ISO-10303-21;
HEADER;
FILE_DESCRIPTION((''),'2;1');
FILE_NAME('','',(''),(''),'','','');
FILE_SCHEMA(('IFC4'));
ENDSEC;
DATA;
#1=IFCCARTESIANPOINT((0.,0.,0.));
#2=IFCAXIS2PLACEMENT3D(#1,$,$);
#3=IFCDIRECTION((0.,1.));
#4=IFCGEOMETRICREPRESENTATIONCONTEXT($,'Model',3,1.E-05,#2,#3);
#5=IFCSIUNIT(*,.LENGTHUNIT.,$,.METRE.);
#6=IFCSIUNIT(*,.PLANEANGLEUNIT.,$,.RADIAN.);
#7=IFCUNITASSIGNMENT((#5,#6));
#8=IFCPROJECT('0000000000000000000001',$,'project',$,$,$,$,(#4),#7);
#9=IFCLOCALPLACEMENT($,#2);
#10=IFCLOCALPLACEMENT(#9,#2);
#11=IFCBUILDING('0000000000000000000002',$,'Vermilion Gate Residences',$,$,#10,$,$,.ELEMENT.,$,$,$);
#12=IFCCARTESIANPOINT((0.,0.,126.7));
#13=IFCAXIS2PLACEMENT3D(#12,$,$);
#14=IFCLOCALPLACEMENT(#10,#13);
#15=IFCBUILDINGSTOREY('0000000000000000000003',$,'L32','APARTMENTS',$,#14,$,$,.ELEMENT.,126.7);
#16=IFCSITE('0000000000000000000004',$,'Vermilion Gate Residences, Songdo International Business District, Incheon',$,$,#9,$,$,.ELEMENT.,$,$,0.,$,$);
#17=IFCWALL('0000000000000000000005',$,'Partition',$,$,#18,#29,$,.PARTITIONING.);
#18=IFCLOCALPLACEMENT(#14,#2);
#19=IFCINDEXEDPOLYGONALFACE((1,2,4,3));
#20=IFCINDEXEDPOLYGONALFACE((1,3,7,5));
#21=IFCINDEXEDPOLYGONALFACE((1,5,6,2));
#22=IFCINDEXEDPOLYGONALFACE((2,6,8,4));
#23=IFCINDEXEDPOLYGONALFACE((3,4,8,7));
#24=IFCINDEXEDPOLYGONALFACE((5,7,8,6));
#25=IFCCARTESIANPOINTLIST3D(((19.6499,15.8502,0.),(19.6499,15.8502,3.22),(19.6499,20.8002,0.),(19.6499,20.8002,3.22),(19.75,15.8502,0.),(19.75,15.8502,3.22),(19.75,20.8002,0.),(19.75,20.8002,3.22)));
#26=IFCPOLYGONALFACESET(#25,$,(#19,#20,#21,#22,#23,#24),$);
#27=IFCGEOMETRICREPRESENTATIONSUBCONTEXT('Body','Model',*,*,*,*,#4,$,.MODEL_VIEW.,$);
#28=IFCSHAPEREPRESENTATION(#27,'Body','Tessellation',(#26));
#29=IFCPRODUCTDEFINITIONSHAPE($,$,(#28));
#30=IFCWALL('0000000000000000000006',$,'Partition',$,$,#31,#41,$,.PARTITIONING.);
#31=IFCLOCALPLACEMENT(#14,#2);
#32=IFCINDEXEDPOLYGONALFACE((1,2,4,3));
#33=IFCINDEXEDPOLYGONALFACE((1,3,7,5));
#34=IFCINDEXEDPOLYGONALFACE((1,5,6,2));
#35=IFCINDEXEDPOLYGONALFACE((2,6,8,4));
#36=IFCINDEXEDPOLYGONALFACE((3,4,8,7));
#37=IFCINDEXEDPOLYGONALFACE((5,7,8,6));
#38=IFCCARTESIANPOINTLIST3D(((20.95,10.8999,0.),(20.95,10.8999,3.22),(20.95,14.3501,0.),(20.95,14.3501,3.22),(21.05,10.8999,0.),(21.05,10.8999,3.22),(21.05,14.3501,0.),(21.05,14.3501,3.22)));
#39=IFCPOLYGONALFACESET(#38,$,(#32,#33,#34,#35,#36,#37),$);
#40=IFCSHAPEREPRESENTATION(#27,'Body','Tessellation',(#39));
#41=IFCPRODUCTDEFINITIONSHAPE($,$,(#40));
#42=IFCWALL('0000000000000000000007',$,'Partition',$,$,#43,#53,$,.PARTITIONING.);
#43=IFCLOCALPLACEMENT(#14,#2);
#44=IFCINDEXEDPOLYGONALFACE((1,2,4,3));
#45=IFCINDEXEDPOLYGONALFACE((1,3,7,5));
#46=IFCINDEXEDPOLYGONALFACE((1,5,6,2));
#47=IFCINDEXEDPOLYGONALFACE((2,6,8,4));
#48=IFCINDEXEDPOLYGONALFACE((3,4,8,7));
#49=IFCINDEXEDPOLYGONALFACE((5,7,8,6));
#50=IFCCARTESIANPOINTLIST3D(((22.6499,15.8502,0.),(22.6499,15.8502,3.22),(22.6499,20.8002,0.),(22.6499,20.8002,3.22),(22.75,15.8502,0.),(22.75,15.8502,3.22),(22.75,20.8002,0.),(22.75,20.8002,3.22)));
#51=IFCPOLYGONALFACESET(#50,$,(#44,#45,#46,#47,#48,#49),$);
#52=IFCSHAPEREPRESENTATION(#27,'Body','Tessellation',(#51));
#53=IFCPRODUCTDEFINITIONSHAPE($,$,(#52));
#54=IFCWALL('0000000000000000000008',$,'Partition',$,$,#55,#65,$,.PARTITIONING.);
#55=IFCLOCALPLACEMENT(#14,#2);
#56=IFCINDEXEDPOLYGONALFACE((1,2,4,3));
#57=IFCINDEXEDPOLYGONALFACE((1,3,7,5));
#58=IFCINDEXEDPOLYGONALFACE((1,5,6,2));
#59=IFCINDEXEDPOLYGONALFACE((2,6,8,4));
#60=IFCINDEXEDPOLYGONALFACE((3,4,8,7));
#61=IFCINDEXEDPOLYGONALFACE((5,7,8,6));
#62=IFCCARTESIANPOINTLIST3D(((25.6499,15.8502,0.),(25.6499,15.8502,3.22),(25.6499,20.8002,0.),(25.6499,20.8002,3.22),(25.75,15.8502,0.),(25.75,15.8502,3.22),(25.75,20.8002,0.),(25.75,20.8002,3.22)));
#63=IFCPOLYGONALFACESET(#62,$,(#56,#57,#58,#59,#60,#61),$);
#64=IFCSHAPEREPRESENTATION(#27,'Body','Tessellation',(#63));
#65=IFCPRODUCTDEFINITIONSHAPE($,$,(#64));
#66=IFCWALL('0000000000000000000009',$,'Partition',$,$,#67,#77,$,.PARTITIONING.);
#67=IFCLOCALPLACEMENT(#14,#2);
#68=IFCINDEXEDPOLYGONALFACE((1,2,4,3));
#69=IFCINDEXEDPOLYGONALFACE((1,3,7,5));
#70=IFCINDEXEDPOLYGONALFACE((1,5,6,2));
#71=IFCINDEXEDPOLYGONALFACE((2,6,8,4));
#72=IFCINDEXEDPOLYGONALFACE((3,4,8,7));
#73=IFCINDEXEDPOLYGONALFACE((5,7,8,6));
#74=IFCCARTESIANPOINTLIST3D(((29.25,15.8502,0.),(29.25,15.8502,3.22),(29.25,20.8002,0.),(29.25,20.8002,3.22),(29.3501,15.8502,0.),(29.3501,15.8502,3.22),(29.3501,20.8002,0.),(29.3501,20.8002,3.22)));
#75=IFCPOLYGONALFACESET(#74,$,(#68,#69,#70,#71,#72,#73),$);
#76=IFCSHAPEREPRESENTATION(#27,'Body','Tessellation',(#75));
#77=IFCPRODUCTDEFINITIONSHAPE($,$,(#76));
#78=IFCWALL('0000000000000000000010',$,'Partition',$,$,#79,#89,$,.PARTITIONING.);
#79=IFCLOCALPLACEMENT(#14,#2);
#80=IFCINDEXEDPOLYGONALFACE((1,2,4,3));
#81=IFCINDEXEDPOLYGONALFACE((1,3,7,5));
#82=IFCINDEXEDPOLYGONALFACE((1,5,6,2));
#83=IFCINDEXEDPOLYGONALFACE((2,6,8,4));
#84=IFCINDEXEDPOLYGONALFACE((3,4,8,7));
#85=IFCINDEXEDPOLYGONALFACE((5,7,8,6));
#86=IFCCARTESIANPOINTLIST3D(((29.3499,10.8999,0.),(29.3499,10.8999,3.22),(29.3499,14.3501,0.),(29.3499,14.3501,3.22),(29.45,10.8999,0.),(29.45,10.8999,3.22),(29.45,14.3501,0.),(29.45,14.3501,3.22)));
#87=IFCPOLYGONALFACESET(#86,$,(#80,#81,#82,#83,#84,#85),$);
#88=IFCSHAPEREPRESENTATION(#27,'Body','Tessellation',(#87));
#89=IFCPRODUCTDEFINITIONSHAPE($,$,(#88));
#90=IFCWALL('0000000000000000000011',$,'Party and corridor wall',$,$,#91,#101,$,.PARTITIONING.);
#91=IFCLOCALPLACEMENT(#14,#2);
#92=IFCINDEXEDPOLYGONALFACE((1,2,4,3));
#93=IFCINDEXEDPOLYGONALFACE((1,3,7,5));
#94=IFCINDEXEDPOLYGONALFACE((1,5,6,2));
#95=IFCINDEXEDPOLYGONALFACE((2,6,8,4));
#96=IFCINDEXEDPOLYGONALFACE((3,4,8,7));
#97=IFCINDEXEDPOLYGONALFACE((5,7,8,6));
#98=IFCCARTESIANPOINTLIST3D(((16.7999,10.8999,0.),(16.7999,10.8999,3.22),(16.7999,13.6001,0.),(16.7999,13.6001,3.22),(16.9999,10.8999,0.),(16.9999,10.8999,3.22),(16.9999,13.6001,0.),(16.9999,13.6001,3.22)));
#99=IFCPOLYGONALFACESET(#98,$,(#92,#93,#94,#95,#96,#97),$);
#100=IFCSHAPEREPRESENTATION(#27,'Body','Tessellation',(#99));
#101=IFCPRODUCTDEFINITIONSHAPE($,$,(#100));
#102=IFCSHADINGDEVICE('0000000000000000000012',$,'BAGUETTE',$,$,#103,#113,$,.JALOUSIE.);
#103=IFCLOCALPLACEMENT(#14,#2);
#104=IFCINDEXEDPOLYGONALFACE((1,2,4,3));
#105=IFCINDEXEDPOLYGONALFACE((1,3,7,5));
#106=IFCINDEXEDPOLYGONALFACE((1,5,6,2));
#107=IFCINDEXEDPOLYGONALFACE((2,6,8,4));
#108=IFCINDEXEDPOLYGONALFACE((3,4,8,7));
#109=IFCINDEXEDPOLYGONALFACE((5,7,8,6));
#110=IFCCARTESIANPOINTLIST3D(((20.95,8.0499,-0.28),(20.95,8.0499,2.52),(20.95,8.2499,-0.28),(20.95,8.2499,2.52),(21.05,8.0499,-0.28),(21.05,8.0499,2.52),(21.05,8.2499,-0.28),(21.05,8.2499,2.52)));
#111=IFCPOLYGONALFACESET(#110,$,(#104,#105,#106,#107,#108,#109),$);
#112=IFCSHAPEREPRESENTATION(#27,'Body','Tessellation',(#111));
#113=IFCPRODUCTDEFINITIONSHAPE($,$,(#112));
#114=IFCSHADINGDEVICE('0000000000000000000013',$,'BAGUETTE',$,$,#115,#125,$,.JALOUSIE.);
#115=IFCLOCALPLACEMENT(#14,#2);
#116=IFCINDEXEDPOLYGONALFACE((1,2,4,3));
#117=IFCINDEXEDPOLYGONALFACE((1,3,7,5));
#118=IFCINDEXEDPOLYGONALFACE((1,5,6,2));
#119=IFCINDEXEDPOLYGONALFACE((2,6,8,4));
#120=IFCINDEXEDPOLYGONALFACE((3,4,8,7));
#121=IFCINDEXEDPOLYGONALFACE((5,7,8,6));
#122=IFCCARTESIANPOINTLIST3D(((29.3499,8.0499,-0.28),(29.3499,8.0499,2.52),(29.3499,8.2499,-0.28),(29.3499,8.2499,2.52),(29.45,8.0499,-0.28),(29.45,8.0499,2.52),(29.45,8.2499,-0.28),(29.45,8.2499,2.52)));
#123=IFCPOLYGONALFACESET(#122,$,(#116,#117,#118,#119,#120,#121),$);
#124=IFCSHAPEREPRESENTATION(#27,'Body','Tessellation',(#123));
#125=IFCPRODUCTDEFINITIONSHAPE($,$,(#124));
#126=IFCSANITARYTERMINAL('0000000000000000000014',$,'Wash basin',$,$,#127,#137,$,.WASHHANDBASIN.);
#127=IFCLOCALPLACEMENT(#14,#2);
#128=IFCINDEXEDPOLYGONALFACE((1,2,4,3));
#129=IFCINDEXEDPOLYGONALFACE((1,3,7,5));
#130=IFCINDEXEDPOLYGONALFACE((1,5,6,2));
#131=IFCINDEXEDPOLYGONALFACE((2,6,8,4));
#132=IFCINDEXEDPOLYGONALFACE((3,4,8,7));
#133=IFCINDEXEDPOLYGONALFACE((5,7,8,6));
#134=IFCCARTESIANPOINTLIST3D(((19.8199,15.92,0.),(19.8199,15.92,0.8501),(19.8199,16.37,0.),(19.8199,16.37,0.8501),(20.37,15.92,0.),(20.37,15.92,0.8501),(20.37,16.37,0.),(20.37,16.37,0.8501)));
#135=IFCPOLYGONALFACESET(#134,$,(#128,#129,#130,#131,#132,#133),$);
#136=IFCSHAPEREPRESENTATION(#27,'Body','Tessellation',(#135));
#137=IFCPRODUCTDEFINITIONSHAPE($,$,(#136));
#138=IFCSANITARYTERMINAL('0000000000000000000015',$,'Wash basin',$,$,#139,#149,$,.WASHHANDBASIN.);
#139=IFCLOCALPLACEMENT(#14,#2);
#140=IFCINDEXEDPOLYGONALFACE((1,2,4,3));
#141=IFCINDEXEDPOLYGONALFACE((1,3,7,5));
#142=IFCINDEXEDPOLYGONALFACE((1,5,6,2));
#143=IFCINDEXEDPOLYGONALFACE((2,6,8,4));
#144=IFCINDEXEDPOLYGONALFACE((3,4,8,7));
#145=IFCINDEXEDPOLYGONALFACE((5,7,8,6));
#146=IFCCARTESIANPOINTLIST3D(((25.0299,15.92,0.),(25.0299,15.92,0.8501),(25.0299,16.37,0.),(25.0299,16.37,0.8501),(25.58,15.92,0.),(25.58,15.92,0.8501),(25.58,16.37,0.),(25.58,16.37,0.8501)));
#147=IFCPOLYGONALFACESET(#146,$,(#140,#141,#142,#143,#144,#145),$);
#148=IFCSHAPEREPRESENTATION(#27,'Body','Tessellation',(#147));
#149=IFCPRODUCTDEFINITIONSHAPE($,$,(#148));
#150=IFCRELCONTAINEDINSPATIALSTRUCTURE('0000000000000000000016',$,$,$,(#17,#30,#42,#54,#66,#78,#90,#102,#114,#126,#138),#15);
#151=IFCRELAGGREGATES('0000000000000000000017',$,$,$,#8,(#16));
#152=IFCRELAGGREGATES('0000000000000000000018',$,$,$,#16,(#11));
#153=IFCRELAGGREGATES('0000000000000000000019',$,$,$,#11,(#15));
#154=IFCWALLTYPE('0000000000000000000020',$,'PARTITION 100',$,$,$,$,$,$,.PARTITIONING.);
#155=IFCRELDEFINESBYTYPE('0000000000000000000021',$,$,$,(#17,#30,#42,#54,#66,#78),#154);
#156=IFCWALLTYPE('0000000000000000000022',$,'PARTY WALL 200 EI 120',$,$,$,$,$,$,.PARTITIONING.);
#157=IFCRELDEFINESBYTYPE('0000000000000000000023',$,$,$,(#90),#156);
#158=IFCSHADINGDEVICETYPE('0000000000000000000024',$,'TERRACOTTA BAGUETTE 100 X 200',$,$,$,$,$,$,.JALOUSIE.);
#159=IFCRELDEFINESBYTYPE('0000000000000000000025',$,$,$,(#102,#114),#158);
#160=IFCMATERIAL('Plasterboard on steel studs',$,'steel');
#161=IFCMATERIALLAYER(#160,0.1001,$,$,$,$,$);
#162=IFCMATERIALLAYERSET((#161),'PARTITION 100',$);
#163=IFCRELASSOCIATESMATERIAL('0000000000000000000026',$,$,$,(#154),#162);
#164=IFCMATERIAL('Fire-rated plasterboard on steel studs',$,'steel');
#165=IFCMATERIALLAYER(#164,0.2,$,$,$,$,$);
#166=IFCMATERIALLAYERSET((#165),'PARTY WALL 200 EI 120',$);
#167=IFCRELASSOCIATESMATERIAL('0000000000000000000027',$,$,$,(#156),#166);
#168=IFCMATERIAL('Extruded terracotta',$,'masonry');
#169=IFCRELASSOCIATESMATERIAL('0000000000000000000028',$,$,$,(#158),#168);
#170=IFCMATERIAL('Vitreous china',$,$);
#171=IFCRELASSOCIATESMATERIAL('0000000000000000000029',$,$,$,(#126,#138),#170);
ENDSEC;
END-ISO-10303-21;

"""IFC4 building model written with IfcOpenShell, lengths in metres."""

from ifc_helpers import new_model, si_unit, direction, frame, frame_2d, origin, origin_2d, place, context, subcontext, project, spatial, rectangle, extrude, material, layer, layer_set, material_profile, profile_set, type_object, element, save


model = new_model("IFC4")

# Units and contexts
model_context = context("Model", 3, precision=1e-05, world=origin(), true_north=direction((0.0, 1.0)))
body_context = subcontext(model_context, "Body", "Model", "MODEL_VIEW")
ifc_project = project(units=[si_unit("LENGTHUNIT", "METRE"), si_unit("PLANEANGLEUNIT", "RADIAN")], contexts=[model_context])

# Site, building, storey
site_placement = place(None, origin())
site = spatial("IfcSite", under=ifc_project, at=site_placement, Name="Vermilion Gate Residences, Songdo International Business District, Incheon", CompositionType="ELEMENT", RefElevation=0.0)
building_placement = place(site_placement, origin())
building = spatial("IfcBuilding", under=site, at=building_placement, Name="Vermilion Gate Residences", CompositionType="ELEMENT")
storey_placement = place(building_placement, frame((0.0, 0.0, 126.7)))
storey = spatial("IfcBuildingStorey", under=building, at=storey_placement, Name="L32", Description="APARTMENTS", CompositionType="ELEMENT", Elevation=126.7)

# Shared definitions
ifc_material_1 = material(Name="Plasterboard on steel studs", Category="steel")
ifc_layer_1 = layer(ifc_material_1, 0.1001)
ifc_layer_set_1 = layer_set([ifc_layer_1], Name="PARTITION 100")
wall_type_1 = type_object("IfcWallType", Name="PARTITION 100", PredefinedType="PARTITIONING", material=ifc_layer_set_1)

# Walls
wall_1_placement = place(storey_placement, frame((19.7, 15.8501, 0.0), z_axis=(0.0, 0.0, 1.0), x_axis=(0.0, 1.0, 0.0)))
element("IfcWall", 1, at=wall_1_placement, inside=storey, type_object=wall_type_1, Name="Partition", PredefinedType="PARTITIONING", context=body_context, shape_type="SweptSolid", body=[
    extrude(rectangle(XDim=4.95, YDim=0.1001, at=frame_2d((2.4751, 0.0))), origin(), (0.0, 0.0, 1.0), 3.22),
])
wall_2_placement = place(storey_placement, frame((21.0, 10.8999, 0.0), z_axis=(0.0, 0.0, 1.0), x_axis=(0.0, 1.0, 0.0)))
element("IfcWall", 2, at=wall_2_placement, inside=storey, type_object=wall_type_1, Name="Partition", PredefinedType="PARTITIONING", context=body_context, shape_type="SweptSolid", body=[
    extrude(rectangle(XDim=3.4502, YDim=0.1001, at=frame_2d((1.7251, 0.0))), origin(), (0.0, 0.0, 1.0), 3.22),
])
for number, where, z_axis, x_axis, name in (
    (3, (22.7, 15.8501, 0.0), (0.0, 0.0, 1.0), (0.0, 1.0, 0.0), "Partition"),
    (4, (25.7, 15.8501, 0.0), (0.0, 0.0, 1.0), (0.0, 1.0, 0.0), "Partition"),
    (5, (29.3, 15.8501, 0.0), (0.0, 0.0, 1.0), (0.0, 1.0, 0.0), "Partition"),
):
    element("IfcWall", number, at=place(storey_placement, frame(where, z_axis=z_axis, x_axis=x_axis)), inside=storey, type_object=wall_type_1, Name=name, PredefinedType="PARTITIONING", context=body_context, shape_type="SweptSolid", body=[
        extrude(rectangle(XDim=4.95, YDim=0.1001, at=frame_2d((2.4751, 0.0))), origin(), (0.0, 0.0, 1.0), 3.22),
    ])
wall_3_placement = place(storey_placement, frame((29.3999, 10.8999, 0.0), z_axis=(0.0, 0.0, 1.0), x_axis=(0.0, 1.0, 0.0)))
element("IfcWall", 6, at=wall_3_placement, inside=storey, type_object=wall_type_1, Name="Partition", PredefinedType="PARTITIONING", context=body_context, shape_type="SweptSolid", body=[
    extrude(rectangle(XDim=3.4502, YDim=0.1001, at=frame_2d((1.7251, 0.0))), origin(), (0.0, 0.0, 1.0), 3.22),
])
ifc_material_2 = material(Name="Fire-rated plasterboard on steel studs", Category="steel")
ifc_layer_2 = layer(ifc_material_2, 0.2)
ifc_layer_set_2 = layer_set([ifc_layer_2], Name="PARTY WALL 200 EI 120")
wall_type_2 = type_object("IfcWallType", Name="PARTY WALL 200 EI 120", PredefinedType="PARTITIONING", material=ifc_layer_set_2)
wall_4_placement = place(storey_placement, frame((16.8999, 10.8999, 0.0), z_axis=(0.0, 0.0, 1.0), x_axis=(0.0, 1.0, 0.0)))
element("IfcWall", 7, at=wall_4_placement, inside=storey, type_object=wall_type_2, Name="Party and corridor wall", PredefinedType="PARTITIONING", context=body_context, shape_type="SweptSolid", body=[
    extrude(rectangle(XDim=2.7002, YDim=0.2, at=frame_2d((1.3501, 0.0))), origin(), (0.0, 0.0, 1.0), 3.22),
])

# Shading devices
ifc_material_3 = material(Name="Extruded terracotta", Category="masonry")
ifc_material_profile_1 = material_profile(ifc_material_3, rectangle(XDim=0.2, YDim=0.1001, at=origin_2d()), Name="BAGUETTE 100 X 200")
ifc_profile_set_1 = profile_set([ifc_material_profile_1], Name="Extruded terracotta")
shading_device_type = type_object("IfcShadingDeviceType", Name="TERRACOTTA BAGUETTE 100 X 200", PredefinedType="JALOUSIE", material=ifc_profile_set_1)
for number, where, z_axis, x_axis, name in (
    (8, (21.0, 8.1499, -0.28), (0.0, 0.0, 1.0), (0.0, 1.0, 0.0), "BAGUETTE"),
    (9, (29.3999, 8.1499, -0.28), (0.0, 0.0, 1.0), (0.0, 1.0, 0.0), "BAGUETTE"),
):
    element("IfcShadingDevice", number, at=place(storey_placement, frame(where, z_axis=z_axis, x_axis=x_axis)), inside=storey, type_object=shading_device_type, Name=name, PredefinedType="JALOUSIE", context=body_context, shape_type="SweptSolid", body=[
        extrude(rectangle(XDim=0.2, YDim=0.1001, at=origin_2d()), origin(), (0.0, 0.0, 1.0), 2.8),
    ])

# Sanitary terminals
ifc_material_4 = material(Name="Vitreous china")
for number, where, z_axis, x_axis, name in (
    (10, (20.095, 16.145, 0.0), (0.0, 0.0, 1.0), (1.0, 0.0, 0.0), "Wash basin"),
    (11, (25.3049, 16.145, 0.0), (0.0, 0.0, 1.0), (1.0, 0.0, 0.0), "Wash basin"),
):
    element("IfcSanitaryTerminal", number, at=place(storey_placement, frame(where, z_axis=z_axis, x_axis=x_axis)), inside=storey, material=ifc_material_4, Name=name, PredefinedType="WASHHANDBASIN", context=body_context, shape_type="SweptSolid", body=[
        extrude(rectangle(XDim=0.55, YDim=0.45, at=origin_2d()), origin(), (0.0, 0.0, 1.0), 0.8501),
    ])

save(model, "model.ifc")
